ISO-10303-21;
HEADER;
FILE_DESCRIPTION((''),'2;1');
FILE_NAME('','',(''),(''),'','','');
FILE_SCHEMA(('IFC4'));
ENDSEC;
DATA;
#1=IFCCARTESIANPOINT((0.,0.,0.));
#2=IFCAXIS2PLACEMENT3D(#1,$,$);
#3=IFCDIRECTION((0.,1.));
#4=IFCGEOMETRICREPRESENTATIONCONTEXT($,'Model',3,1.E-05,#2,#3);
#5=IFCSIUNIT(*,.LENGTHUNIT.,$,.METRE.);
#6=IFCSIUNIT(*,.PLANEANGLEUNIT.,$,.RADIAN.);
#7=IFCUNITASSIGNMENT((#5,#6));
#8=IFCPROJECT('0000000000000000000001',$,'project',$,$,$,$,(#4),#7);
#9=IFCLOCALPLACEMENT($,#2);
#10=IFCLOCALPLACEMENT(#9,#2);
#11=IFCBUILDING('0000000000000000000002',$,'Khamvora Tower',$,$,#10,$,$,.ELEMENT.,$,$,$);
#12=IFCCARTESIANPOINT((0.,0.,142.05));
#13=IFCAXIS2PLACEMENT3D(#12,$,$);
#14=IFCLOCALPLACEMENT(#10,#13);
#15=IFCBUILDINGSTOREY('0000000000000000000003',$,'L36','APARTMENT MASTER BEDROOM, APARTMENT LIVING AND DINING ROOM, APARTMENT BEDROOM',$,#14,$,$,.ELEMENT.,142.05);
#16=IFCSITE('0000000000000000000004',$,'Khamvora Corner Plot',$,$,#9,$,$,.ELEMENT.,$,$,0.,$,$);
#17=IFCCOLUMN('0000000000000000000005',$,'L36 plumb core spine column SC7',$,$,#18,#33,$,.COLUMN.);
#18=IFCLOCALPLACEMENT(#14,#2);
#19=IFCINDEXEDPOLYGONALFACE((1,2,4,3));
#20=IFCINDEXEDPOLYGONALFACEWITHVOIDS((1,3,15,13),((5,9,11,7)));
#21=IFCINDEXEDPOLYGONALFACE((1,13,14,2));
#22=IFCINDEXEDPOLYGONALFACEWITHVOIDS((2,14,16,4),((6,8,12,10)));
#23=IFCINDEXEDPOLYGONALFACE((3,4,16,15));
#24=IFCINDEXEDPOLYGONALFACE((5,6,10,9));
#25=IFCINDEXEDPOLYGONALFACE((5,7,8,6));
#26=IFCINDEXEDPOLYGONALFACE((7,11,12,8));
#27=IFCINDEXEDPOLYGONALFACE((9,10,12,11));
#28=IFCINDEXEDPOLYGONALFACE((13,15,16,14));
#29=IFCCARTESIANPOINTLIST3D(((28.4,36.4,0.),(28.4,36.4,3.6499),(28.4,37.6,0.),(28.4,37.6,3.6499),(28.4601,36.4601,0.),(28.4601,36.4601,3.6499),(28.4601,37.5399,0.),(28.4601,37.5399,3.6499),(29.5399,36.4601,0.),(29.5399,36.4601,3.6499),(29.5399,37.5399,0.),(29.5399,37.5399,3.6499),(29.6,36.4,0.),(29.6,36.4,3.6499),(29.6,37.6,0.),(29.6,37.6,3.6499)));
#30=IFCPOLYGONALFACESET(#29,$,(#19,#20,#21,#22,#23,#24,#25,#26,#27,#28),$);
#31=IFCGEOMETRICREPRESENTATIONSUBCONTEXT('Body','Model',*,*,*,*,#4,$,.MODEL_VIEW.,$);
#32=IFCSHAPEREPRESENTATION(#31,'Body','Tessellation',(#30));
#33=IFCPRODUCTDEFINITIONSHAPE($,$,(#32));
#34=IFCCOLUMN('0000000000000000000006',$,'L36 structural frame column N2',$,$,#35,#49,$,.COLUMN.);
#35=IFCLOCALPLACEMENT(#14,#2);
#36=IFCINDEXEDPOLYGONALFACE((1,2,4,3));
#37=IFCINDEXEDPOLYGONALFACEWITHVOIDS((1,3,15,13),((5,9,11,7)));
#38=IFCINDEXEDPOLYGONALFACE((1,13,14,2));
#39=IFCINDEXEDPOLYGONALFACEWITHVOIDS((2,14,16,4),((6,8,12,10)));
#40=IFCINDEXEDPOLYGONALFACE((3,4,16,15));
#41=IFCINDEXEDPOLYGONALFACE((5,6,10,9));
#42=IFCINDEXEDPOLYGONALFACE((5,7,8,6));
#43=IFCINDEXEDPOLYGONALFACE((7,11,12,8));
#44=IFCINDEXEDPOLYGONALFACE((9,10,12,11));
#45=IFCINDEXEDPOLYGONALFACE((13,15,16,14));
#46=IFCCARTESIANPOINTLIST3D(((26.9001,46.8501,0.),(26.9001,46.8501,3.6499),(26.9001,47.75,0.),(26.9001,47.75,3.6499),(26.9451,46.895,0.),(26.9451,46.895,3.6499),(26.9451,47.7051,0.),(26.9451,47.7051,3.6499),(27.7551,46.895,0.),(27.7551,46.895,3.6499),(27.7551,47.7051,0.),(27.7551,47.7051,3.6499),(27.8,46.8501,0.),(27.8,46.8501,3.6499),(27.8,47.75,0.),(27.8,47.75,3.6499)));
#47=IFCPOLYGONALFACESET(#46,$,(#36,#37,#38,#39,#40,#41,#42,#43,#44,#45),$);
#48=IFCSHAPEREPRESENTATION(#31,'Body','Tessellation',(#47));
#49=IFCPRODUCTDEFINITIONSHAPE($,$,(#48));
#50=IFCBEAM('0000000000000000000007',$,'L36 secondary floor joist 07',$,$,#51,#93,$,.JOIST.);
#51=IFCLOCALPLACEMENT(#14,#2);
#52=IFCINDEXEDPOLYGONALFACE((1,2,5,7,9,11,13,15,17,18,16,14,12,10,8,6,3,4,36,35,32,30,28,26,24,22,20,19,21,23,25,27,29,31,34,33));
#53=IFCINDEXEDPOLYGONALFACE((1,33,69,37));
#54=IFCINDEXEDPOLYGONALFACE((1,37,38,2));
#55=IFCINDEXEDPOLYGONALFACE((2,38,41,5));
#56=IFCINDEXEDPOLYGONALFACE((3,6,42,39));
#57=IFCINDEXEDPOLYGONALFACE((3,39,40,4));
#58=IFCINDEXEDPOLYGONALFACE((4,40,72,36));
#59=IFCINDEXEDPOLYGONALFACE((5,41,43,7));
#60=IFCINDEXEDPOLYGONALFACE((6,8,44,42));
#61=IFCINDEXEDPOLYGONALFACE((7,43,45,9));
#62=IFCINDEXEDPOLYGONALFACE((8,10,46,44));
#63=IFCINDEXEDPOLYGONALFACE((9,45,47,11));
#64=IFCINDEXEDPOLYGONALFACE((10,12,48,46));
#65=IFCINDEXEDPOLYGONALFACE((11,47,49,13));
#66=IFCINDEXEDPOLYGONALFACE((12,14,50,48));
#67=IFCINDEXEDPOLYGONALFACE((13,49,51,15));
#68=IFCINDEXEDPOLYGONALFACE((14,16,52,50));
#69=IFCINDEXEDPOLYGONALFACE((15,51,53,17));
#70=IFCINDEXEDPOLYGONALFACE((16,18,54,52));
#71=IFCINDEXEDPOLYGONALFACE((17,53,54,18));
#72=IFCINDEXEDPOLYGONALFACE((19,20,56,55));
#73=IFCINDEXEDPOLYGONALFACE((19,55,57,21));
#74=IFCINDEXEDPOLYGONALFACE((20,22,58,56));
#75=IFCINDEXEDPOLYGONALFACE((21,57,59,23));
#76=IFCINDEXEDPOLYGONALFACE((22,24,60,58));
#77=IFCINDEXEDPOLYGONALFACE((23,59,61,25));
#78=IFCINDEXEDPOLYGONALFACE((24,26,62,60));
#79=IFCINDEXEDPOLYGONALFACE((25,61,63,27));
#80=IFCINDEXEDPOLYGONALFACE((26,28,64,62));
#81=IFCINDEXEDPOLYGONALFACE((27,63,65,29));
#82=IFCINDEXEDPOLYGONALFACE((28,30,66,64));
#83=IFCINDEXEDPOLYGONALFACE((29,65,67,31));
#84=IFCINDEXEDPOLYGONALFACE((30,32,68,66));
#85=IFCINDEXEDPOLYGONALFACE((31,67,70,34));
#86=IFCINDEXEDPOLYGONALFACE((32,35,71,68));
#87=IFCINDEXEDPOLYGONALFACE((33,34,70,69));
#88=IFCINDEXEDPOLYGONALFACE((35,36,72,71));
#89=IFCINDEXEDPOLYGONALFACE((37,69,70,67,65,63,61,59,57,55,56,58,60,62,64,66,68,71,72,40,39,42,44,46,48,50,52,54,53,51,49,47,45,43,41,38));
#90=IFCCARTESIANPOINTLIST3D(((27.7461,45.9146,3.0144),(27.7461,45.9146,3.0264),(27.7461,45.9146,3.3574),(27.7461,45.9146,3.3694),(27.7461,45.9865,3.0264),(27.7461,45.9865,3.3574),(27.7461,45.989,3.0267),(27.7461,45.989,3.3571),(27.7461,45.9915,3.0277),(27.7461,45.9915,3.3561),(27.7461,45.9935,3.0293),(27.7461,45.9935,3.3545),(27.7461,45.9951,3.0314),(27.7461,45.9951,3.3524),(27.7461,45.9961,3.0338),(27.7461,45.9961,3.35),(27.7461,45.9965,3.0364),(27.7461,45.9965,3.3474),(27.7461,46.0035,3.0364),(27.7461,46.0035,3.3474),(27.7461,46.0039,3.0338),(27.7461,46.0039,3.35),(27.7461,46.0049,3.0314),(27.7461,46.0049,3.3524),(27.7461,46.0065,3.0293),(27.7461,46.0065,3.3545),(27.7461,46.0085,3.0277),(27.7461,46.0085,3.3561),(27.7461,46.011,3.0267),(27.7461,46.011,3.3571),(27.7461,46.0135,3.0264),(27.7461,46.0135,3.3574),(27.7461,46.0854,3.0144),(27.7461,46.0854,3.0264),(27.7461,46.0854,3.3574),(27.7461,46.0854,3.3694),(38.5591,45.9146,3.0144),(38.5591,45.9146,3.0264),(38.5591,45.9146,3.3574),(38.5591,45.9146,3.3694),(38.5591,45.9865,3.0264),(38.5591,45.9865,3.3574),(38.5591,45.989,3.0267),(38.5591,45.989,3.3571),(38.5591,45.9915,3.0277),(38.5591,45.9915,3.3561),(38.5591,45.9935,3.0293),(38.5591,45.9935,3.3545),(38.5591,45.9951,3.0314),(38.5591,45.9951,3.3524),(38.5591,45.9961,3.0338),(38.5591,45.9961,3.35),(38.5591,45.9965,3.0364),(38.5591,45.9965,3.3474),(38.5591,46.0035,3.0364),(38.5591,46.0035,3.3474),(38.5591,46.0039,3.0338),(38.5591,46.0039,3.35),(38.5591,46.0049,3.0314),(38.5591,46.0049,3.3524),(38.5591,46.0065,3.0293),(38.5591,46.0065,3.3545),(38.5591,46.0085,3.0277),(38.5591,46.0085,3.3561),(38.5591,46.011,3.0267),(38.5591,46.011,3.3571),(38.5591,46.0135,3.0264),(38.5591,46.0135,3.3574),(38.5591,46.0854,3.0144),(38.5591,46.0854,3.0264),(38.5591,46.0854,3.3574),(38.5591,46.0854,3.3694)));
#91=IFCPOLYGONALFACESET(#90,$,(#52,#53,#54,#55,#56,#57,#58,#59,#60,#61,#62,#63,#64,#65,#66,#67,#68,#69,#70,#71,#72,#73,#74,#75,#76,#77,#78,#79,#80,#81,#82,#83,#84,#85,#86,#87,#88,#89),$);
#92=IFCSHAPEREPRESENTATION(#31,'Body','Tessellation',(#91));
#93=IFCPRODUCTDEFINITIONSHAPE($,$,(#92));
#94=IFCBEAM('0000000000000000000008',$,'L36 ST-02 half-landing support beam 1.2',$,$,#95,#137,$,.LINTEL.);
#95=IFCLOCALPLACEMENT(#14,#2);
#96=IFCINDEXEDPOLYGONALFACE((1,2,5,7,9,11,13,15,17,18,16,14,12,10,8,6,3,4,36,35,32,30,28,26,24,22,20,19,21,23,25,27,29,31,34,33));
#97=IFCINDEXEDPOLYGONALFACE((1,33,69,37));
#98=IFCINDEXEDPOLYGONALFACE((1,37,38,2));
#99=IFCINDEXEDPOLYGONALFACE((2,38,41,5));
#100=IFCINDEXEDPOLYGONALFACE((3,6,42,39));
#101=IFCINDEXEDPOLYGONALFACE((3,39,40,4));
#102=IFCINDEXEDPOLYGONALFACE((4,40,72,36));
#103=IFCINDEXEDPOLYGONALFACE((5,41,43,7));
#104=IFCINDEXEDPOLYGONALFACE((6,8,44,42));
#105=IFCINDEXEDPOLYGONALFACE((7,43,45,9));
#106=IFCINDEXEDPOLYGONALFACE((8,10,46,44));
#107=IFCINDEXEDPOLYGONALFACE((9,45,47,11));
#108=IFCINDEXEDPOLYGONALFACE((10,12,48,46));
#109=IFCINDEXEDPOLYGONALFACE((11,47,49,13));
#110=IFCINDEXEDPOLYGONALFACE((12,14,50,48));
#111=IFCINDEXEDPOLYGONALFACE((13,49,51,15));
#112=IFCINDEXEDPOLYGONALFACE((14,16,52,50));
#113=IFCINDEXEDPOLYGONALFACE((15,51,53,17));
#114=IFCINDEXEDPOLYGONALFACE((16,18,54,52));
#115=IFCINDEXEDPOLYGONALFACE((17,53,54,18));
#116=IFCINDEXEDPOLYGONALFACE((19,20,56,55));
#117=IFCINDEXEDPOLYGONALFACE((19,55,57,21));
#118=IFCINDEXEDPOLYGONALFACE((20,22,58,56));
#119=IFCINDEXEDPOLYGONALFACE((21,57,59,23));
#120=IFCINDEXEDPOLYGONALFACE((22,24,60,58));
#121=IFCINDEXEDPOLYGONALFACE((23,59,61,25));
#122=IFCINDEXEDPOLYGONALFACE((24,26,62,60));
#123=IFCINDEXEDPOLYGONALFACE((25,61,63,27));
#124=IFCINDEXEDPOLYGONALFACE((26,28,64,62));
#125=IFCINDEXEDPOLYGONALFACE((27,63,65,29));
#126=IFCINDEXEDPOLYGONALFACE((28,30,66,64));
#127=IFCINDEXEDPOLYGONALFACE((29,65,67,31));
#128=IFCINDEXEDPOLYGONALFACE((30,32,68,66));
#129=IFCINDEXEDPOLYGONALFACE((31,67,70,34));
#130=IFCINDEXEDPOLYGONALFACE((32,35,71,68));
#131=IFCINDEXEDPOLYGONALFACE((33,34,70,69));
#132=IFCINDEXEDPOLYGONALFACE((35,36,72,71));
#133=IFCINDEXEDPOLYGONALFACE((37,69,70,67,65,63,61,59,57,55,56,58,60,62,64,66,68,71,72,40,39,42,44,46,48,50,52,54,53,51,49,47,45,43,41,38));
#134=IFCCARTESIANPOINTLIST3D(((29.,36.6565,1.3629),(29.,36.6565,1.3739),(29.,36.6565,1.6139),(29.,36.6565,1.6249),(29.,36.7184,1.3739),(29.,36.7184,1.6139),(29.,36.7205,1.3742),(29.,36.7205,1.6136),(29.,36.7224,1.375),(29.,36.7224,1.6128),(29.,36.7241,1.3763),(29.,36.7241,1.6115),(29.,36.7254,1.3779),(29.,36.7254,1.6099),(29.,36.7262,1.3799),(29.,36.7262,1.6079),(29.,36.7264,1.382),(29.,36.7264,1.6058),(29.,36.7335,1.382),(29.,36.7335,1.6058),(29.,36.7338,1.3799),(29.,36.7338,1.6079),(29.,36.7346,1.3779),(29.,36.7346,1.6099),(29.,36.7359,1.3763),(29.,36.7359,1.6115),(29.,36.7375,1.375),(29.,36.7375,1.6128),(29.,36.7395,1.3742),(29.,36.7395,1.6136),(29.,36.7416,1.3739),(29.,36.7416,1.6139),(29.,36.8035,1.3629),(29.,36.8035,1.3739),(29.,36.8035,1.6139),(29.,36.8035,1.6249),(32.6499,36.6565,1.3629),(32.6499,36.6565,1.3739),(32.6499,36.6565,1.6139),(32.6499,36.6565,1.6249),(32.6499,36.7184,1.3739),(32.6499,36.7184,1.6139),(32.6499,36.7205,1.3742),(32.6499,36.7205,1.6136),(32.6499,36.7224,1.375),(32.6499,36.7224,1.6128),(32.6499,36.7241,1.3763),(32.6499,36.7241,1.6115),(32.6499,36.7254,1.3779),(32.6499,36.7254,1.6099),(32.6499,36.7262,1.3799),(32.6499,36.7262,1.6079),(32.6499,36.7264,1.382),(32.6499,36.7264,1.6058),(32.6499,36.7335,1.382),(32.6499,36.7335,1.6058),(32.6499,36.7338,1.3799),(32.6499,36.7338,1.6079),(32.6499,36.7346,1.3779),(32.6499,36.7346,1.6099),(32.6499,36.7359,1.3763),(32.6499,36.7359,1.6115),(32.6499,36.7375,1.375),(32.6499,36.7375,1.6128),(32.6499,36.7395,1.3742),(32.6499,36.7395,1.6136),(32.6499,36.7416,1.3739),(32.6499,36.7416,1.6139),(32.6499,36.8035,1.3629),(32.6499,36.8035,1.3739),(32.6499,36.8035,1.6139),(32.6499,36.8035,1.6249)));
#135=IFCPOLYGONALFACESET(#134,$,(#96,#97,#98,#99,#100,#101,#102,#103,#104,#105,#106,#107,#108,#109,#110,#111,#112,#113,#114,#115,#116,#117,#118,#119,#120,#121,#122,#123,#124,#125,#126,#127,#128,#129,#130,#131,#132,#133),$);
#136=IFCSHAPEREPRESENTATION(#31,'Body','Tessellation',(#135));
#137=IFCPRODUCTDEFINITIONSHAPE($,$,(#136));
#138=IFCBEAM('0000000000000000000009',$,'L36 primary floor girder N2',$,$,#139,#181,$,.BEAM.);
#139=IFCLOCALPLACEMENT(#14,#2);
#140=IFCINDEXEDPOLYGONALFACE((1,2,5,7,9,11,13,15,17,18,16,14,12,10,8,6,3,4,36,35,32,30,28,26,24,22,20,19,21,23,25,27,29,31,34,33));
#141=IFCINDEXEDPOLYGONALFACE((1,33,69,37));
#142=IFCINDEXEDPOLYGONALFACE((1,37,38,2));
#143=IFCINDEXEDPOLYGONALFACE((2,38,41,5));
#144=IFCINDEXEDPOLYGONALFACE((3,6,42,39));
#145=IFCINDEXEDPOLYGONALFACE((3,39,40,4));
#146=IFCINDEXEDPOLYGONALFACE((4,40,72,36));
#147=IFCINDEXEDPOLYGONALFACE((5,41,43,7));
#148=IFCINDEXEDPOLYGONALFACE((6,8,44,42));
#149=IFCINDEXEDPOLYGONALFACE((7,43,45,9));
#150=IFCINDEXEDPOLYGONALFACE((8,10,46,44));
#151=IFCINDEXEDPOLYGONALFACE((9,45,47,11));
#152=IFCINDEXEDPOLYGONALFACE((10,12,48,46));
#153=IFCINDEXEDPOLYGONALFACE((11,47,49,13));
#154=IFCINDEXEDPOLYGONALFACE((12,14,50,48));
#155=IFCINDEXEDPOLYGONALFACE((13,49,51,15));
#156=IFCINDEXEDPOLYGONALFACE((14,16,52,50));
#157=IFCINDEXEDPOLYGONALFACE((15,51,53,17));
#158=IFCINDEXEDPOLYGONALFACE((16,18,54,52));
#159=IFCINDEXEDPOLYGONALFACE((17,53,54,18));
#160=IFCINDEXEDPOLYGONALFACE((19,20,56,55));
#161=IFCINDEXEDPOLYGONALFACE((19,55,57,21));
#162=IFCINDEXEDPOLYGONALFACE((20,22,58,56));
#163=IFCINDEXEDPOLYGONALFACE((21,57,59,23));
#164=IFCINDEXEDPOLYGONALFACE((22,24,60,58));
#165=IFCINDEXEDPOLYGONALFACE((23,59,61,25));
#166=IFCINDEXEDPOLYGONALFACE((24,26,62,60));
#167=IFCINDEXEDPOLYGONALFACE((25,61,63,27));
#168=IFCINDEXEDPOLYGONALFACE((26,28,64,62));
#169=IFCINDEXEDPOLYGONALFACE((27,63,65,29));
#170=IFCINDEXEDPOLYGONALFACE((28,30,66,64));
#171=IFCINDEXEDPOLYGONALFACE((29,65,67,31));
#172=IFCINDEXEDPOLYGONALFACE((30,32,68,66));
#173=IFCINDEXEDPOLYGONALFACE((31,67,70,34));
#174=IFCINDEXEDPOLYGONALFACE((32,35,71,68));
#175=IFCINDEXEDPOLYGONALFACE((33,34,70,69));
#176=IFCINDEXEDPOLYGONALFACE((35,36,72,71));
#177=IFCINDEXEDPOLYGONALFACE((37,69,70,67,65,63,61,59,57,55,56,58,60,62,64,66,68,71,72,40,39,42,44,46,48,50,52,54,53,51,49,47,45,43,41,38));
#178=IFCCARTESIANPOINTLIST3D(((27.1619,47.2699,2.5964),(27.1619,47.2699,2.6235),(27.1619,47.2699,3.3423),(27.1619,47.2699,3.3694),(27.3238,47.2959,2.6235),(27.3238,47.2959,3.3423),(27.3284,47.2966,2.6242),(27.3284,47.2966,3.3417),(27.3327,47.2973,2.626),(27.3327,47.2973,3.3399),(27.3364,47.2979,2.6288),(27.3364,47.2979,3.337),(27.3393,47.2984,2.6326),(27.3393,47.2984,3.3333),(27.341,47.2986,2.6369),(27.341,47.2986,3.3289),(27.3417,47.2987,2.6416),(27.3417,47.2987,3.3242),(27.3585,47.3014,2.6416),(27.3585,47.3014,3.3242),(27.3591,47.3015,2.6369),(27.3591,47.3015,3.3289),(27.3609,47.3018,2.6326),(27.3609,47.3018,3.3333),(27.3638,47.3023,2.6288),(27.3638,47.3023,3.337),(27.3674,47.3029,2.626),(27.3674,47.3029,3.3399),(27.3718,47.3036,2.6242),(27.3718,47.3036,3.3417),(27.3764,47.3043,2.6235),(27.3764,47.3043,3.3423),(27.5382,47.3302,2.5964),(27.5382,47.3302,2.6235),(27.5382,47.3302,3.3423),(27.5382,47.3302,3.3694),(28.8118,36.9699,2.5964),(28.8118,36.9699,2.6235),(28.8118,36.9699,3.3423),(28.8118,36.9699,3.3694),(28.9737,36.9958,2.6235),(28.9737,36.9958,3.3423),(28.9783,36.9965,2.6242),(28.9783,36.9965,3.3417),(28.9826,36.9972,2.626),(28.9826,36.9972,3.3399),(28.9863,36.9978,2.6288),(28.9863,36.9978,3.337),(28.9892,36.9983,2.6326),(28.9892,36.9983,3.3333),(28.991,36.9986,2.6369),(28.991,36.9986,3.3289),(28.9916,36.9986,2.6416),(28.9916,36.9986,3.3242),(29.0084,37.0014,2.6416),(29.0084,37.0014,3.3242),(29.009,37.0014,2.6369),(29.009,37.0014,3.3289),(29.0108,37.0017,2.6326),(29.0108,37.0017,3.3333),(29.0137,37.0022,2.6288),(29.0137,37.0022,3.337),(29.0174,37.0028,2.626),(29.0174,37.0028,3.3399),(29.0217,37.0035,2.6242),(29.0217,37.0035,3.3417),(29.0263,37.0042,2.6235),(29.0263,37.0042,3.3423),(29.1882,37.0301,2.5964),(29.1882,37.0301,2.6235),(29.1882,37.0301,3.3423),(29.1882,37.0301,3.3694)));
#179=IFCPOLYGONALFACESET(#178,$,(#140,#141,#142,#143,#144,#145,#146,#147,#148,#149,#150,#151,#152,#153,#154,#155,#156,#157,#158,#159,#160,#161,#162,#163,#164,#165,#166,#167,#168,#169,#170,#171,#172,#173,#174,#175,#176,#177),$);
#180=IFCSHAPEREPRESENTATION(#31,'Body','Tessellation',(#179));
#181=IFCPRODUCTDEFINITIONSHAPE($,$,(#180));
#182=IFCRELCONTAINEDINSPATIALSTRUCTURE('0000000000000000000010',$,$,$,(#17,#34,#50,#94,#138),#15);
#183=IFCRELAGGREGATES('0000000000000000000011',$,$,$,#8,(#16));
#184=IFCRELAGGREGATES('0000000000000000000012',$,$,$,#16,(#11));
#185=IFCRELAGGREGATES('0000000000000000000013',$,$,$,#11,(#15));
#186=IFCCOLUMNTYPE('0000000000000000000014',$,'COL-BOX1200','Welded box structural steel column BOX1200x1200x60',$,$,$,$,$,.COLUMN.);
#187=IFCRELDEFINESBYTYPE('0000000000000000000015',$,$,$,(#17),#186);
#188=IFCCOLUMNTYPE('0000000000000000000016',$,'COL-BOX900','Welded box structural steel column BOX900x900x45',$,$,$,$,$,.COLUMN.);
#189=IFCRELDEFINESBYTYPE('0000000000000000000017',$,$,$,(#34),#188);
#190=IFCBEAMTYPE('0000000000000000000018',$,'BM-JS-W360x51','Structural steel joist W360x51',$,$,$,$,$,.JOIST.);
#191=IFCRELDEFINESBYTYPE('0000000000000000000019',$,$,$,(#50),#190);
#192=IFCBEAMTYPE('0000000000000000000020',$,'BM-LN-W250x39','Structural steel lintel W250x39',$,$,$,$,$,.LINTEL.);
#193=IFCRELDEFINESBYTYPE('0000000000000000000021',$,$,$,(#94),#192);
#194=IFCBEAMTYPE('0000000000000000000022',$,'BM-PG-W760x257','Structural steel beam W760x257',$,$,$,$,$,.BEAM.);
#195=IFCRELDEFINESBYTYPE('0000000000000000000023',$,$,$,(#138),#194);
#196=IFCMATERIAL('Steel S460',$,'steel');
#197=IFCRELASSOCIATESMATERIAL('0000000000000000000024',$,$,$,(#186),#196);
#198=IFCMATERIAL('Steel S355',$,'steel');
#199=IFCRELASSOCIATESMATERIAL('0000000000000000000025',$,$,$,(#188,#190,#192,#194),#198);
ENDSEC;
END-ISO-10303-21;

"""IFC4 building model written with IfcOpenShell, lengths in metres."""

from ifc_helpers import new_model, si_unit, direction, frame, origin, origin_2d, place, context, subcontext, project, spatial, hollow_rectangle, i_section, extrude, material, material_profile, profile_set, type_object, element, save


model = new_model("IFC4")

# Units and contexts
model_context = context("Model", 3, precision=1e-05, world=origin(), true_north=direction((0.0, 1.0)))
body_context = subcontext(model_context, "Body", "Model", "MODEL_VIEW")
ifc_project = project(units=[si_unit("LENGTHUNIT", "METRE"), si_unit("PLANEANGLEUNIT", "RADIAN")], contexts=[model_context])

# Site, building, storey
site_placement = place(None, origin())
site = spatial("IfcSite", under=ifc_project, at=site_placement, Name="Khamvora Corner Plot", CompositionType="ELEMENT", RefElevation=0.0)
building_placement = place(site_placement, origin())
building = spatial("IfcBuilding", under=site, at=building_placement, Name="Khamvora Tower", CompositionType="ELEMENT")
storey_placement = place(building_placement, frame((0.0, 0.0, 142.05)))
storey = spatial("IfcBuildingStorey", under=building, at=storey_placement, Name="L36", Description="APARTMENT MASTER BEDROOM, APARTMENT LIVING AND DINING ROOM, APARTMENT BEDROOM", CompositionType="ELEMENT", Elevation=142.05)

# Columns
ifc_material_1 = material(Name="Steel S460", Category="steel")
ifc_material_profile_1 = material_profile(ifc_material_1, hollow_rectangle(XDim=1.2, YDim=1.2, WallThickness=0.0601, at=origin_2d()), Name="BOX1200x1200x60")
ifc_profile_set_1 = profile_set([ifc_material_profile_1], Name="Steel S460")
column_type_1 = type_object("IfcColumnType", Name="COL-BOX1200", Description="Welded box structural steel column BOX1200x1200x60", PredefinedType="COLUMN", material=ifc_profile_set_1)
column_1_placement = place(storey_placement, frame((29.0, 37.0, 0.0), z_axis=(0.0, 0.0, 1.0), x_axis=(1.0, 0.0, 0.0)))
element("IfcColumn", 1, at=column_1_placement, inside=storey, type_object=column_type_1, Name="L36 plumb core spine column SC7", PredefinedType="COLUMN", context=body_context, shape_type="SweptSolid", body=[
    extrude(hollow_rectangle(XDim=1.2, YDim=1.2, WallThickness=0.0601, at=origin_2d()), origin(), (0.0, 0.0, 1.0), 3.6499),
])
ifc_material_2 = material(Name="Steel S355", Category="steel")
ifc_material_profile_2 = material_profile(ifc_material_2, hollow_rectangle(XDim=0.8999, YDim=0.8999, WallThickness=0.0449, at=origin_2d()), Name="BOX900x900x45")
ifc_profile_set_2 = profile_set([ifc_material_profile_2], Name="Steel S355")
column_type_2 = type_object("IfcColumnType", Name="COL-BOX900", Description="Welded box structural steel column BOX900x900x45", PredefinedType="COLUMN", material=ifc_profile_set_2)
column_2_placement = place(storey_placement, frame((27.3501, 47.3, 0.0), z_axis=(0.0, 0.0, 1.0), x_axis=(1.0, 0.0, 0.0)))
element("IfcColumn", 2, at=column_2_placement, inside=storey, type_object=column_type_2, Name="L36 structural frame column N2", PredefinedType="COLUMN", context=body_context, shape_type="SweptSolid", body=[
    extrude(hollow_rectangle(XDim=0.8999, YDim=0.8999, WallThickness=0.0449, at=origin_2d()), origin(), (0.0, 0.0, 1.0), 3.6499),
])

# Beams
ifc_material_profile_3 = material_profile(ifc_material_2, i_section(OverallWidth=0.1709, OverallDepth=0.355, WebThickness=0.0071, FlangeThickness=0.012, FilletRadius=0.01, at=origin_2d()), Name="W360x51")
ifc_profile_set_3 = profile_set([ifc_material_profile_3], Name="Steel S355")
beam_type_1 = type_object("IfcBeamType", Name="BM-JS-W360x51", Description="Structural steel joist W360x51", PredefinedType="JOIST", material=ifc_profile_set_3)
beam_1_placement = place(storey_placement, frame((27.7461, 46.0, 3.1919), z_axis=(1.0, 0.0, 0.0), x_axis=(0.0, 1.0, 0.0)))
element("IfcBeam", 3, at=beam_1_placement, inside=storey, type_object=beam_type_1, Name="L36 secondary floor joist 07", PredefinedType="JOIST", context=body_context, shape_type="SweptSolid", body=[
    extrude(i_section(OverallWidth=0.1709, OverallDepth=0.355, WebThickness=0.0071, FlangeThickness=0.012, FilletRadius=0.01, at=origin_2d()), origin(), (0.0, 0.0, 1.0), 10.813),
])
ifc_material_profile_4 = material_profile(ifc_material_2, i_section(OverallWidth=0.147, OverallDepth=0.262, WebThickness=0.0071, FlangeThickness=0.011, FilletRadius=0.0081, at=origin_2d()), Name="W250x39")
ifc_profile_set_4 = profile_set([ifc_material_profile_4], Name="Steel S355")
beam_type_2 = type_object("IfcBeamType", Name="BM-LN-W250x39", Description="Structural steel lintel W250x39", PredefinedType="LINTEL", material=ifc_profile_set_4)
beam_2_placement = place(storey_placement, frame((29.0, 36.73, 1.4939), z_axis=(1.0, 0.0, 0.0), x_axis=(0.0, 1.0, 0.0)))
element("IfcBeam", 4, at=beam_2_placement, inside=storey, type_object=beam_type_2, Name="L36 ST-02 half-landing support beam 1.2", PredefinedType="LINTEL", context=body_context, shape_type="SweptSolid", body=[
    extrude(i_section(OverallWidth=0.147, OverallDepth=0.262, WebThickness=0.0071, FlangeThickness=0.011, FilletRadius=0.0081, at=origin_2d()), origin(), (0.0, 0.0, 1.0), 3.6499),
])
ifc_material_profile_5 = material_profile(ifc_material_2, i_section(OverallWidth=0.3811, OverallDepth=0.7729, WebThickness=0.0171, FlangeThickness=0.0271, FilletRadius=0.0181, at=origin_2d()), Name="W760x257")
ifc_profile_set_5 = profile_set([ifc_material_profile_5], Name="Steel S355")
beam_type_3 = type_object("IfcBeamType", Name="BM-PG-W760x257", Description="Structural steel beam W760x257", PredefinedType="BEAM", material=ifc_profile_set_5)
beam_3_placement = place(storey_placement, frame((29.0, 37.0, 2.9829), z_axis=(-0.158168, 0.987412, 0.0), x_axis=(-0.987412, -0.158168, 0.0)))
element("IfcBeam", 5, at=beam_3_placement, inside=storey, type_object=beam_type_3, Name="L36 primary floor girder N2", PredefinedType="BEAM", context=body_context, shape_type="SweptSolid", body=[
    extrude(i_section(OverallWidth=0.3811, OverallDepth=0.7729, WebThickness=0.0171, FlangeThickness=0.0271, FilletRadius=0.0181, at=origin_2d()), origin(), (0.0, 0.0, 1.0), 10.4314),
])

save(model, "model.ifc")
